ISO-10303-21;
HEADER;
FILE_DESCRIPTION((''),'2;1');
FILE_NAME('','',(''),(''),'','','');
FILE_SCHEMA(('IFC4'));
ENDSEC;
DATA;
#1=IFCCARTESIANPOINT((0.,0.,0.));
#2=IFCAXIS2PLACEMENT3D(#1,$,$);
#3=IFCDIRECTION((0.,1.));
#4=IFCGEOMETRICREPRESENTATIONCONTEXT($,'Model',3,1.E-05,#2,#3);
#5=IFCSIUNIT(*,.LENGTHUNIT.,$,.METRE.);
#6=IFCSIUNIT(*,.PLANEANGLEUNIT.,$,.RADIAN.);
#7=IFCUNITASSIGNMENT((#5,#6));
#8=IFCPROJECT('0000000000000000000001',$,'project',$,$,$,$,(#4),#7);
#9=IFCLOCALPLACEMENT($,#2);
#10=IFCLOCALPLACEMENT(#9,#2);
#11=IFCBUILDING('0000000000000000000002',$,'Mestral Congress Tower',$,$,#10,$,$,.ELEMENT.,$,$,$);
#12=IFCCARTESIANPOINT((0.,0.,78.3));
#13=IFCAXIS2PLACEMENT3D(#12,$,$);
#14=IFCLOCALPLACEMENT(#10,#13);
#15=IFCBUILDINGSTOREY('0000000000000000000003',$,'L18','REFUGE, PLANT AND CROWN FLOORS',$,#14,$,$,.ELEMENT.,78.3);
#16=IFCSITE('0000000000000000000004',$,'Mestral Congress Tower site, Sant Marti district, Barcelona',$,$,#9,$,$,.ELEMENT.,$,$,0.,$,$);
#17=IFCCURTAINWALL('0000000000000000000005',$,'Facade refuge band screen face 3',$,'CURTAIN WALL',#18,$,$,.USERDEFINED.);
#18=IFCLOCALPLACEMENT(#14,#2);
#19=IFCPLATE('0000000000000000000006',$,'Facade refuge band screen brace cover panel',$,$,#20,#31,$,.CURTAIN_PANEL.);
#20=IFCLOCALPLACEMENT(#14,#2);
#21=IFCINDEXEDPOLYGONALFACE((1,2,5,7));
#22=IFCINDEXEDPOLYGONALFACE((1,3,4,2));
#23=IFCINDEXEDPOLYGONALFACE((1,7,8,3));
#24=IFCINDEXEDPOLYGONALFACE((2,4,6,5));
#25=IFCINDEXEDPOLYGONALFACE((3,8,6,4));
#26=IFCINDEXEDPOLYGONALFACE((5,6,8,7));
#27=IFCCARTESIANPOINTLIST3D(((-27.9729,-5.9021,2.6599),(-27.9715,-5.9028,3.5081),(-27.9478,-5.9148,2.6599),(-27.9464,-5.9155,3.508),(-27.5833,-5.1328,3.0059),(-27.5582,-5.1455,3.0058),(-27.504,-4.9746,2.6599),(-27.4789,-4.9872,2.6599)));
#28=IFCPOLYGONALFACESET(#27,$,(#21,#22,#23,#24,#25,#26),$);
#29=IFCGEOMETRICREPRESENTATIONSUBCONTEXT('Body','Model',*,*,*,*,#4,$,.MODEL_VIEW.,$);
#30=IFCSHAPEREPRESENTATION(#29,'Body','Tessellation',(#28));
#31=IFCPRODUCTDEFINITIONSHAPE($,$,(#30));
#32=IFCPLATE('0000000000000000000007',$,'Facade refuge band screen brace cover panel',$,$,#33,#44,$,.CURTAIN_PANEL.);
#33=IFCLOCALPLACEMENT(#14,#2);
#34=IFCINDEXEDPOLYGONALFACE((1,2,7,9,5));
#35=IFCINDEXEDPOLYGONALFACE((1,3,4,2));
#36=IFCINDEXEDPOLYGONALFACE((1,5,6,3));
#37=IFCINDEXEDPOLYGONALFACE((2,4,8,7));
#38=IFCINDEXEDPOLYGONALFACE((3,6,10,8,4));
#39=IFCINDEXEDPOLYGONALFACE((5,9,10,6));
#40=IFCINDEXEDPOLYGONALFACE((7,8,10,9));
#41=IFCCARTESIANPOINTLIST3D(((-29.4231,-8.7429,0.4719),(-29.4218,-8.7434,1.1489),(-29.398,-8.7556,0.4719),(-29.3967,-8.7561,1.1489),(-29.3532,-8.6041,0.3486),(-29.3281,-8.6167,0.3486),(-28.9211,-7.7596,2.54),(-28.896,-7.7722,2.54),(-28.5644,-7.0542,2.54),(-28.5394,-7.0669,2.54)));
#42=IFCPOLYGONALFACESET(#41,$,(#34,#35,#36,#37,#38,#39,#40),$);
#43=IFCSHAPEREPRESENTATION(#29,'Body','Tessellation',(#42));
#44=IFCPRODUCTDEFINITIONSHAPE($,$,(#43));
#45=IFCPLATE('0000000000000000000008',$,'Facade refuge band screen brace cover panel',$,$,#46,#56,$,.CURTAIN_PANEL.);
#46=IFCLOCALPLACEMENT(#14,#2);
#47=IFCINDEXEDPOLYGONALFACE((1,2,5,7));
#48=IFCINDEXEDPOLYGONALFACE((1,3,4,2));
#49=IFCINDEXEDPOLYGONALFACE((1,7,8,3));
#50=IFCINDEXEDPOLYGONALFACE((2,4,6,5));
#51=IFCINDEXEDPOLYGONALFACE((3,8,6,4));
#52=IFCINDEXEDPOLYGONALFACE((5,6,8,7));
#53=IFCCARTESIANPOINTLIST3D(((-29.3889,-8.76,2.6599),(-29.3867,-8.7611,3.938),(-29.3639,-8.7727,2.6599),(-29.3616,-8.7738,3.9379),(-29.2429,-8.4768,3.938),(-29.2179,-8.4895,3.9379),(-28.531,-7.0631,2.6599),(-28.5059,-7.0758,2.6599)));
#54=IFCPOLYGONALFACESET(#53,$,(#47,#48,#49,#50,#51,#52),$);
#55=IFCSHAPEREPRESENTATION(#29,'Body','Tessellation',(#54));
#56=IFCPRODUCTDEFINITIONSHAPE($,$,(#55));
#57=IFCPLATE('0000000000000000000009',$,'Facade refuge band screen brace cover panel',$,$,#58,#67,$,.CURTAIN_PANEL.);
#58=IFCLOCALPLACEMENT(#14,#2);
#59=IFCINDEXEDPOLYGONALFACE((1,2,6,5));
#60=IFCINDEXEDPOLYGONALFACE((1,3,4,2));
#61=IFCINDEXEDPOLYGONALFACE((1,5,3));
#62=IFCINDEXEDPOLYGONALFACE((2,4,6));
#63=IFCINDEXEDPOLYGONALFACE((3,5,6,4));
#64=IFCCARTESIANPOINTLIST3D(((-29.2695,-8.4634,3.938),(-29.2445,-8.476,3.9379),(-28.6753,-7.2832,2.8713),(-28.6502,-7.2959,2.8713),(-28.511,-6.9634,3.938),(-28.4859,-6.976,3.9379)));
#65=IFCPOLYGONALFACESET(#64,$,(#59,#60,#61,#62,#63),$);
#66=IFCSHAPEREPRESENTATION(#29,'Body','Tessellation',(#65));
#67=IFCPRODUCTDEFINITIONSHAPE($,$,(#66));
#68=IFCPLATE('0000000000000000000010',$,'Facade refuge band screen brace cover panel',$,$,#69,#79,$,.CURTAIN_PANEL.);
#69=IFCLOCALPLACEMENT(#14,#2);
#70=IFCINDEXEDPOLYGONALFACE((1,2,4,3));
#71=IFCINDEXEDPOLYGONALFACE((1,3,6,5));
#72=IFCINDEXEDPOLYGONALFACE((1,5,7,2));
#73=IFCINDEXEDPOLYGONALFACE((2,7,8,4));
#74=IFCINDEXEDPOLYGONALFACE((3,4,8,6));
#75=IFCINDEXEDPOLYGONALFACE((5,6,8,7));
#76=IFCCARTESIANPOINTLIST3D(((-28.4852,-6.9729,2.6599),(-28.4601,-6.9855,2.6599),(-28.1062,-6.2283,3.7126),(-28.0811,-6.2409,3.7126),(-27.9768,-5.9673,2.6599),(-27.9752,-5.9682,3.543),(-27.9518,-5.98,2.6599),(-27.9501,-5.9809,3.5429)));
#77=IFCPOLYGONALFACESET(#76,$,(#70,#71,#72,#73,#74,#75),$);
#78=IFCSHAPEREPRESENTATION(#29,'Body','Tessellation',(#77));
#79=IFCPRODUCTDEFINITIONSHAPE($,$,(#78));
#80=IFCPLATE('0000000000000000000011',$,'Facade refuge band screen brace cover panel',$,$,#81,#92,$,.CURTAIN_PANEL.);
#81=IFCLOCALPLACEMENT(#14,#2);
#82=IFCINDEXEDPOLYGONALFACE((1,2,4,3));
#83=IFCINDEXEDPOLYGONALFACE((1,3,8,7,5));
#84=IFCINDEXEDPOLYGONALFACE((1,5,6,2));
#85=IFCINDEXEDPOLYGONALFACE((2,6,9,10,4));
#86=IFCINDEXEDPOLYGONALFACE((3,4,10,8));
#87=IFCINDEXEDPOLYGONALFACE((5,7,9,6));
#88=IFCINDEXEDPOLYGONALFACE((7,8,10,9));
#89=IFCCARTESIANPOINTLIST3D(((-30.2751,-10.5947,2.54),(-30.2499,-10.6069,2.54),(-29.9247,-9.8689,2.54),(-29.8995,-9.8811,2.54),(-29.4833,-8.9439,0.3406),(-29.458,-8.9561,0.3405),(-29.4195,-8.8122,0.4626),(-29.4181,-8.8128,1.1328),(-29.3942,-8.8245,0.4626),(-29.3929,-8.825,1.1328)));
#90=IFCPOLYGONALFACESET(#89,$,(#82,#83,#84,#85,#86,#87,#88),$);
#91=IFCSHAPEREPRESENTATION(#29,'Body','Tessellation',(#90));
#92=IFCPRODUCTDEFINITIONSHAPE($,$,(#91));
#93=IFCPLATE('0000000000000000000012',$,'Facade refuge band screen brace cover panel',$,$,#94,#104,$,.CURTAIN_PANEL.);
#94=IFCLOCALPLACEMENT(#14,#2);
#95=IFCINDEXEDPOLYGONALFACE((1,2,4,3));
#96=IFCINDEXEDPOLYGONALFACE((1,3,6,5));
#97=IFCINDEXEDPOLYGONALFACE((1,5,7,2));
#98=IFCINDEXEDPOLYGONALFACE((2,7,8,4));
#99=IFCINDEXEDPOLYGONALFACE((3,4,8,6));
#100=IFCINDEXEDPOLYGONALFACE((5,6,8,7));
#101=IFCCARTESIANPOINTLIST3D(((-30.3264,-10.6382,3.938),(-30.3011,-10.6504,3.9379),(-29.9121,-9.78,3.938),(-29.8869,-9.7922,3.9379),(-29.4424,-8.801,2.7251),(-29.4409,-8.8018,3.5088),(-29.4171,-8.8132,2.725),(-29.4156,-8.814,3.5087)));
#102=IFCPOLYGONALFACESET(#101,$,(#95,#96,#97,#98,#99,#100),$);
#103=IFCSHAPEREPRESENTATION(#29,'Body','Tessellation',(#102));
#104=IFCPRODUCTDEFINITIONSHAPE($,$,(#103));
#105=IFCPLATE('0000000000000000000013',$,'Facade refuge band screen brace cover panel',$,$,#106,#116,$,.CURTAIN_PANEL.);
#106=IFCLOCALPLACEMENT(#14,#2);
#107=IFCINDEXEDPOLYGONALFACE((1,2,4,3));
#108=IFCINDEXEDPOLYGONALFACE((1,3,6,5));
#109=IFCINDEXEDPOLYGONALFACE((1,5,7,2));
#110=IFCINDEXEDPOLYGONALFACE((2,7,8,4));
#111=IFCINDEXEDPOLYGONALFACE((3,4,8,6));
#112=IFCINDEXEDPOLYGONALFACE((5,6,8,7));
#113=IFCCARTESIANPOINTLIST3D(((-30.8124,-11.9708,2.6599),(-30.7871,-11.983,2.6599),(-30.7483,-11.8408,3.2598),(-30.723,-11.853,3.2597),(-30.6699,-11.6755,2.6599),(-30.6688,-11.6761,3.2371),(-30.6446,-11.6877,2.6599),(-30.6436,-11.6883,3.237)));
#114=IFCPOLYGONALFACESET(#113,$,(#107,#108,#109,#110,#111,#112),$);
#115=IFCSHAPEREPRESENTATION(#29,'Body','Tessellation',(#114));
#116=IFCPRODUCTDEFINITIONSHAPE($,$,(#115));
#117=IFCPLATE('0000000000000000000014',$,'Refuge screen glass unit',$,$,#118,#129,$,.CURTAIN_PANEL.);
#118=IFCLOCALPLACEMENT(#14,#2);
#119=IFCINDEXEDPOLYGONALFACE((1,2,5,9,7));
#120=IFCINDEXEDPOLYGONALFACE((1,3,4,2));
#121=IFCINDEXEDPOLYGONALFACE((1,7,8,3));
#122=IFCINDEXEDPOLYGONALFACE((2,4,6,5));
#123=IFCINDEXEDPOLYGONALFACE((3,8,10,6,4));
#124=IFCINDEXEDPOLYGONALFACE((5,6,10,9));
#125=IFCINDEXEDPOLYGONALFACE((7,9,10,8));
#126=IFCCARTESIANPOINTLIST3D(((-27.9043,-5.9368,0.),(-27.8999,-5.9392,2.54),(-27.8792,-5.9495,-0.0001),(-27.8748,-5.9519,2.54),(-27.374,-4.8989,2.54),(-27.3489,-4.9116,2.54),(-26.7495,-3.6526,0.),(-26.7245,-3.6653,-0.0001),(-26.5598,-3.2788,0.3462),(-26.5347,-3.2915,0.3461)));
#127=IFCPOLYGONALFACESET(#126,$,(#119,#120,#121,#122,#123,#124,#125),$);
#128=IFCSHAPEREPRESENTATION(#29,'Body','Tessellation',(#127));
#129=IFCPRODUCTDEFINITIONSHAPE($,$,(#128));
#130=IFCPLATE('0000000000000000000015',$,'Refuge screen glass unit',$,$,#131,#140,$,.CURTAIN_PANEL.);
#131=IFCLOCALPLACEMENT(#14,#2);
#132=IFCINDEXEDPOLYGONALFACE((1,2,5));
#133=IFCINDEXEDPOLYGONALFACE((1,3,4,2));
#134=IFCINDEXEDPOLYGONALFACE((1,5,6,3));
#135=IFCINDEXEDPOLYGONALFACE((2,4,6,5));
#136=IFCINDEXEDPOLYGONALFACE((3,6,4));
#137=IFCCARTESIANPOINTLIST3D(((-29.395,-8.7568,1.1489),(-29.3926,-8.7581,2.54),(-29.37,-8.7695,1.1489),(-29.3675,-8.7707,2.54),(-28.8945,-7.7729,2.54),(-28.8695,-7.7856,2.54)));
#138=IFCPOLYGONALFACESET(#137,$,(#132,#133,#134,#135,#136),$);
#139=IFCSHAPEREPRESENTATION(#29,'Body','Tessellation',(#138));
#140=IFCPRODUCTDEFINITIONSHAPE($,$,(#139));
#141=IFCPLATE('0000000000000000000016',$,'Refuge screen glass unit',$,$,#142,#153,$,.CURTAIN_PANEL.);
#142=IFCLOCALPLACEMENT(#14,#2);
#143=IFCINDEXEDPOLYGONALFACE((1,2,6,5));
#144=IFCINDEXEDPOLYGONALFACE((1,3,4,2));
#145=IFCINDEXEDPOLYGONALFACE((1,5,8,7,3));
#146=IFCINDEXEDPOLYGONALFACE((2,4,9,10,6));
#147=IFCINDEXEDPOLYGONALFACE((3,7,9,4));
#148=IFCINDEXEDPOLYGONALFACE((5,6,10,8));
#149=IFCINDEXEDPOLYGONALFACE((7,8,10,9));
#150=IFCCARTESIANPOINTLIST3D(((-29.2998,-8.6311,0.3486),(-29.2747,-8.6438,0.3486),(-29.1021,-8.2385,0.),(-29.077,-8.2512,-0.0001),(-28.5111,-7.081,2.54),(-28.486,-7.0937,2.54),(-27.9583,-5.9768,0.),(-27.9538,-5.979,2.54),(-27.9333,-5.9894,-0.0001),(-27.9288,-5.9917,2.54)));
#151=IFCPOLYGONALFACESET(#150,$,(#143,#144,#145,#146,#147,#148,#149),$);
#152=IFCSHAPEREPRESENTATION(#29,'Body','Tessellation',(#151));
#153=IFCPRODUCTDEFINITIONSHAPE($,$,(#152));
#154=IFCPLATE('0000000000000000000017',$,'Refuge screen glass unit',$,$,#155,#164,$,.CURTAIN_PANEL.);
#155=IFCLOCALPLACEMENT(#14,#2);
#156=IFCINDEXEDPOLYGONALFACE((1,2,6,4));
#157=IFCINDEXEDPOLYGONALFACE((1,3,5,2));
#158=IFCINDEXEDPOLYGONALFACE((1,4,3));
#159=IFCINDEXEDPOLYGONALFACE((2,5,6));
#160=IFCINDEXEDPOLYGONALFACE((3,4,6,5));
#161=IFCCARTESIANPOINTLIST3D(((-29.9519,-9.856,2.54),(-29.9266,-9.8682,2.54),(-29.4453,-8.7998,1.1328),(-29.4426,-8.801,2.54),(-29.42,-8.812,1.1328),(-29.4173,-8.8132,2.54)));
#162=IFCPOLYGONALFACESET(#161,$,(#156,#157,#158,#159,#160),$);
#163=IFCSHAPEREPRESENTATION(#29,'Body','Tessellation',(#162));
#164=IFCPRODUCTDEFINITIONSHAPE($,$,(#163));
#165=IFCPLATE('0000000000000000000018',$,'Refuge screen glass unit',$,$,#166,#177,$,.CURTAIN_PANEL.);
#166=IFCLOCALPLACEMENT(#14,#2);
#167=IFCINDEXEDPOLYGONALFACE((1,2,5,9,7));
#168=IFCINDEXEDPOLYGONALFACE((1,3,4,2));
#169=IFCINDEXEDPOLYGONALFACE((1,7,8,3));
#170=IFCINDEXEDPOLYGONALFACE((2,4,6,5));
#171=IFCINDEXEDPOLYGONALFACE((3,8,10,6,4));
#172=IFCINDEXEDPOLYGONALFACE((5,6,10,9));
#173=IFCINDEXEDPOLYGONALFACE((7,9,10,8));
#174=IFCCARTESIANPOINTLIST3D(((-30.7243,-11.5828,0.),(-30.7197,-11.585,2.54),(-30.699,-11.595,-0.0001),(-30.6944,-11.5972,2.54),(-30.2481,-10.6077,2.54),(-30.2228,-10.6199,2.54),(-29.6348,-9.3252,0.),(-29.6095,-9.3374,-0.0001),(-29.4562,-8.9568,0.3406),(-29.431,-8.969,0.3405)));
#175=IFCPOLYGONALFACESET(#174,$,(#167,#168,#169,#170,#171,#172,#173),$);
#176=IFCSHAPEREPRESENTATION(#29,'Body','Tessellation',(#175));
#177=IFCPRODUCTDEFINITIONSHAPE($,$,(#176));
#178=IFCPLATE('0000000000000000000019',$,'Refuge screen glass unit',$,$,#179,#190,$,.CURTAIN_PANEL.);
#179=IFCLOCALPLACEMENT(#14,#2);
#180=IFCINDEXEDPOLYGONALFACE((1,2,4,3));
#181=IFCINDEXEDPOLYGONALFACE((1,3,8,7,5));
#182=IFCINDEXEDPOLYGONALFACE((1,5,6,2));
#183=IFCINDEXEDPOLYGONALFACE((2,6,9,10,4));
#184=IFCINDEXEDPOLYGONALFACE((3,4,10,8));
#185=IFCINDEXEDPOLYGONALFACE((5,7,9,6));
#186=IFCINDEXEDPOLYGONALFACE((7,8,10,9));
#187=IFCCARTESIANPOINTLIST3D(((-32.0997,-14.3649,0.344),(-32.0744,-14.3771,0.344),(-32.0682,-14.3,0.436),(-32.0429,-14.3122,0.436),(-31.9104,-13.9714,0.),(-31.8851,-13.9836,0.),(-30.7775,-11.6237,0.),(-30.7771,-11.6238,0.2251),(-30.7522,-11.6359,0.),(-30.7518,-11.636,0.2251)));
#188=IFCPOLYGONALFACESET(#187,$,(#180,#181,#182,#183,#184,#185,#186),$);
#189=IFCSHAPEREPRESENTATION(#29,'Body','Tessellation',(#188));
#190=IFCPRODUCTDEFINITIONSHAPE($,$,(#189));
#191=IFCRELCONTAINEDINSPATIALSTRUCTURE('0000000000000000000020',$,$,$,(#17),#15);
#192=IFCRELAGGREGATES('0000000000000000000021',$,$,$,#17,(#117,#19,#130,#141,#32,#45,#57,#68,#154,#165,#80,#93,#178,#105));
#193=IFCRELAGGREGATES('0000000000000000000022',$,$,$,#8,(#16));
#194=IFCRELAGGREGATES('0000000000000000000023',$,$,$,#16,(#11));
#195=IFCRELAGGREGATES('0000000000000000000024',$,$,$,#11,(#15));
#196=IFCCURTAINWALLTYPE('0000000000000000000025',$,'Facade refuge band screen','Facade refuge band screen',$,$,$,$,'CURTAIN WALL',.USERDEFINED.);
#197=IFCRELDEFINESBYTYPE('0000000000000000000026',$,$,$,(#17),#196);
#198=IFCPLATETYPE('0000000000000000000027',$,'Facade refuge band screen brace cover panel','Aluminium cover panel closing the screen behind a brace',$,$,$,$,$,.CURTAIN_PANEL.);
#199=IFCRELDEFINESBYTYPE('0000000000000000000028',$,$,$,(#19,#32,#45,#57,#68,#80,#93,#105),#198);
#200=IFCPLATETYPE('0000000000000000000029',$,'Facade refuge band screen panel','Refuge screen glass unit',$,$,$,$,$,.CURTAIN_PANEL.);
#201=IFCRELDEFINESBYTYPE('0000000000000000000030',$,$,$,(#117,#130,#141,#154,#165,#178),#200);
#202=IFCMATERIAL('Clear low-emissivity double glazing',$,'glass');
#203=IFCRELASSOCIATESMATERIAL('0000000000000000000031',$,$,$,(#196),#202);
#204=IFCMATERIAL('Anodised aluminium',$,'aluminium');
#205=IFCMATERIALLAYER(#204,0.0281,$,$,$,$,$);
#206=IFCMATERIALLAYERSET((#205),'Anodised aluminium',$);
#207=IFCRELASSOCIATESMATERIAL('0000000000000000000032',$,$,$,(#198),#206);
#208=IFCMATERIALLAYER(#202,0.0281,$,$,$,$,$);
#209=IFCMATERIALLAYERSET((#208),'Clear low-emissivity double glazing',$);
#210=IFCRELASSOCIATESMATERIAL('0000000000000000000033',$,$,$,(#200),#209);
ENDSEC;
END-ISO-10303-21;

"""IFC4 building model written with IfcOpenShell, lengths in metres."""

from ifc_helpers import new_model, si_unit, direction, frame, origin, place, context, subcontext, project, spatial, polyline, outline, extrude, material, layer, layer_set, type_object, element, aggregate, save


model = new_model("IFC4")

# Units and contexts
model_context = context("Model", 3, precision=1e-05, world=origin(), true_north=direction((0.0, 1.0)))
body_context = subcontext(model_context, "Body", "Model", "MODEL_VIEW")
ifc_project = project(units=[si_unit("LENGTHUNIT", "METRE"), si_unit("PLANEANGLEUNIT", "RADIAN")], contexts=[model_context])

# Site, building, storey
site_placement = place(None, origin())
site = spatial("IfcSite", under=ifc_project, at=site_placement, Name="Mestral Congress Tower site, Sant Marti district, Barcelona", CompositionType="ELEMENT", RefElevation=0.0)
building_placement = place(site_placement, origin())
building = spatial("IfcBuilding", under=site, at=building_placement, Name="Mestral Congress Tower", CompositionType="ELEMENT")
storey_placement = place(building_placement, frame((0.0, 0.0, 78.3)))
storey = spatial("IfcBuildingStorey", under=building, at=storey_placement, Name="L18", Description="REFUGE, PLANT AND CROWN FLOORS", CompositionType="ELEMENT", Elevation=78.3)

# Curtain wall
ifc_material_1 = material(Name="Clear low-emissivity double glazing", Category="glass")
curtain_wall_type = type_object("IfcCurtainWallType", Name="Facade refuge band screen", Description="Facade refuge band screen", ElementType="CURTAIN WALL", PredefinedType="USERDEFINED", material=ifc_material_1)
curtain_wall_placement = place(storey_placement, origin())
curtain_wall = element("IfcCurtainWall", 1, at=curtain_wall_placement, inside=storey, type_object=curtain_wall_type, Name="Facade refuge band screen face 3", ObjectType="CURTAIN WALL", PredefinedType="USERDEFINED")
ifc_material_2 = material(Name="Anodised aluminium", Category="aluminium")

# Plates
ifc_layer_1 = layer(ifc_material_2, 0.0281)
ifc_layer_set_1 = layer_set([ifc_layer_1], Name="Anodised aluminium")
plate_type_1 = type_object("IfcPlateType", Name="Facade refuge band screen brace cover panel", Description="Aluminium cover panel closing the screen behind a brace", PredefinedType="CURTAIN_PANEL", material=ifc_layer_set_1)
plate_1_placement = place(storey_placement, frame((-27.9729, -5.9021, 2.6599), z_axis=(-0.892427, 0.451188, 0.001848), x_axis=(0.451189, 0.892428, 0.0)))
plate_1 = element("IfcPlate", 2, at=plate_1_placement, type_object=plate_type_1, Name="Facade refuge band screen brace cover panel", PredefinedType="CURTAIN_PANEL", context=body_context, shape_type="SweptSolid", body=[
    extrude(outline(polyline([(0.0, 0.0), (1.0393, 0.0), (0.8623, -0.3459), (0.0, -0.8481), (0.0, 0.0)])), origin(), (0.0, 0.0, -1.0), 0.0281),
])
plate_2_placement = place(storey_placement, frame((-29.4231, -8.7429, 0.4719), z_axis=(-0.892406, 0.451229, 0.002071), x_axis=(0.352409, 0.699818, -0.621339)))
plate_2 = element("IfcPlate", 3, at=plate_2_placement, type_object=plate_type_1, Name="Facade refuge band screen brace cover panel", PredefinedType="CURTAIN_PANEL", context=body_context, shape_type="SweptSolid", body=[
    extrude(outline(polyline([(0.0, 0.0), (0.1984, 0.0), (0.1994, -2.7976), (-0.4199, -2.3065), (-0.4206, -0.5305), (0.0, 0.0)])), origin(), (0.0, 0.0, -1.0), 0.0281),
])
plate_3_placement = place(storey_placement, frame((-29.3889, -8.76, 2.6599), z_axis=(-0.892415, 0.451211, 0.00196), x_axis=(0.451212, 0.892417, 0.0)))
plate_3 = element("IfcPlate", 4, at=plate_3_placement, type_object=plate_type_1, Name="Facade refuge band screen brace cover panel", PredefinedType="CURTAIN_PANEL", context=body_context, shape_type="SweptSolid", body=[
    extrude(outline(polyline([(0.0, 0.0), (1.9014, 0.0), (0.3186, -1.2781), (0.0, -1.2781), (0.0, 0.0)])), origin(), (0.0, 0.0, -1.0), 0.0281),
])
plate_4_placement = place(storey_placement, frame((-29.2695, -8.4634, 3.938), z_axis=(-0.892382, 0.451275, 0.002152), x_axis=(0.349935, 0.694982, -0.628129)))
plate_4 = element("IfcPlate", 5, at=plate_4_placement, type_object=plate_type_1, Name="Facade refuge band screen brace cover panel", PredefinedType="CURTAIN_PANEL", context=body_context, shape_type="SweptSolid", body=[
    extrude(outline(polyline([(0.0, 0.0), (1.6981, 0.0), (1.3079, -1.0558), (0.0, 0.0)])), origin(), (0.0, 0.0, -1.0), 0.0281),
])
plate_5_placement = place(storey_placement, frame((-27.9768, -5.9673, 2.6599), z_axis=(-0.892442, 0.451158, 0.002155), x_axis=(0.001872, -0.001074, 0.999998)))
plate_5 = element("IfcPlate", 6, at=plate_5_placement, type_object=plate_type_1, Name="Facade refuge band screen brace cover panel", PredefinedType="CURTAIN_PANEL", context=body_context, shape_type="SweptSolid", body=[
    extrude(outline(polyline([(0.0, 0.0), (0.8831, 0.0), (1.0528, -0.2912), (0.0001, -1.1268), (0.0, 0.0)])), origin(), (0.0, 0.0, -1.0), 0.0281),
])
plate_6_placement = place(storey_placement, frame((-30.2751, -10.5947, 2.54), z_axis=(-0.900542, 0.434764, 0.002103), x_axis=(0.276697, 0.57685, -0.768559)))
plate_6 = element("IfcPlate", 7, at=plate_6_placement, type_object=plate_type_1, Name="Facade refuge band screen brace cover panel", PredefinedType="CURTAIN_PANEL", context=body_context, shape_type="SweptSolid", body=[
    extrude(outline(polyline([(0.0, 0.0), (2.8618, 0.0), (2.8616, -0.1905), (2.3466, -0.6194), (0.5156, -0.6194), (0.0, 0.0)])), origin(), (0.0, 0.0, -1.0), 0.0281),
])
plate_7_placement = place(storey_placement, frame((-29.4409, -8.8018, 3.5088), z_axis=(-0.900556, 0.434735, 0.002137), x_axis=(-0.40359, -0.837847, 0.367597)))
plate_7 = element("IfcPlate", 8, at=plate_7_placement, type_object=plate_type_1, Name="Facade refuge band screen brace cover panel", PredefinedType="CURTAIN_PANEL", context=body_context, shape_type="SweptSolid", body=[
    extrude(outline(polyline([(0.0, 0.0), (1.1676, 0.0), (2.0538, -0.3503), (-0.2881, -0.7288), (0.0, 0.0)])), origin(), (0.0, 0.0, -1.0), 0.0281),
])
plate_8_placement = place(storey_placement, frame((-30.7483, -11.8408, 3.2598), z_axis=(-0.900606, 0.434632, 0.002096), x_axis=(-0.103876, -0.210555, -0.972047)))
plate_8 = element("IfcPlate", 9, at=plate_8_placement, type_object=plate_type_1, Name="Facade refuge band screen brace cover panel", PredefinedType="CURTAIN_PANEL", context=body_context, shape_type="SweptSolid", body=[
    extrude(outline(polyline([(0.0, 0.0), (0.6171, 0.0), (0.5401, -0.3186), (-0.0209, -0.1831), (0.0, 0.0)])), origin(), (0.0, 0.0, -1.0), 0.0281),
])
ifc_layer_2 = layer(ifc_material_1, 0.0281)
ifc_layer_set_2 = layer_set([ifc_layer_2], Name="Clear low-emissivity double glazing")
plate_type_2 = type_object("IfcPlateType", Name="Facade refuge band screen panel", Description="Refuge screen glass unit", PredefinedType="CURTAIN_PANEL", material=ifc_layer_set_2)
plate_9_placement = place(storey_placement, frame((-27.8999, -5.9392, 2.54), z_axis=(-0.89244, 0.451163, 0.001963), x_axis=(-0.001717, 0.000954, -0.999998)))
plate_9 = element("IfcPlate", 10, at=plate_9_placement, type_object=plate_type_2, Name="Refuge screen glass unit", PredefinedType="CURTAIN_PANEL", context=body_context, shape_type="SweptSolid", body=[
    extrude(outline(polyline([(0.0, 0.0), (2.54, 0.0), (2.5402, -2.5595), (2.1941, -2.9787), (0.0001, -1.1656), (0.0, 0.0)])), origin(), (0.0, 0.0, -1.0), 0.0281),
])
plate_10_placement = place(storey_placement, frame((-29.3926, -8.7581, 2.54), z_axis=(-0.892426, 0.451189, 0.001962), x_axis=(-0.001755, 0.000877, -0.999998)))
plate_10 = element("IfcPlate", 11, at=plate_10_placement, type_object=plate_type_2, Name="Refuge screen glass unit", PredefinedType="CURTAIN_PANEL", context=body_context, shape_type="SweptSolid", body=[
    extrude(outline(polyline([(0.0, 0.0), (1.3911, 0.0), (0.0, -1.1039), (0.0, 0.0)])), origin(), (0.0, 0.0, -1.0), 0.0281),
])
plate_11_placement = place(storey_placement, frame((-29.1021, -8.2385, 0.0), z_axis=(-0.892392, 0.451256, 0.001985), x_axis=(0.451257, 0.892394, 0.0)))
plate_11 = element("IfcPlate", 12, at=plate_11_placement, type_object=plate_type_2, Name="Refuge screen glass unit", PredefinedType="CURTAIN_PANEL", context=body_context, shape_type="SweptSolid", body=[
    extrude(outline(polyline([(0.0, 0.0), (2.5345, 0.0), (2.5345, -2.54), (1.2996, -2.54), (-0.4396, -0.3486), (0.0, 0.0)])), origin(), (0.0, 0.0, -1.0), 0.0281),
])
plate_12_placement = place(storey_placement, frame((-29.4426, -8.801, 2.54), z_axis=(-0.90055, 0.434748, 0.002096), x_axis=(-0.434749, -0.900552, 0.0)))
plate_12 = element("IfcPlate", 13, at=plate_12_placement, type_object=plate_type_2, Name="Refuge screen glass unit", PredefinedType="CURTAIN_PANEL", context=body_context, shape_type="SweptSolid", body=[
    extrude(outline(polyline([(0.0, 0.0), (1.1714, 0.0), (0.0001, -1.4072), (0.0, 0.0)])), origin(), (0.0, 0.0, -1.0), 0.0281),
])
plate_13_placement = place(storey_placement, frame((-30.7197, -11.585, 2.54), z_axis=(-0.900601, 0.434642, 0.002007), x_axis=(-0.001814, 0.000859, -0.999998)))
plate_13 = element("IfcPlate", 14, at=plate_13_placement, type_object=plate_type_2, Name="Refuge screen glass unit", PredefinedType="CURTAIN_PANEL", context=body_context, shape_type="SweptSolid", body=[
    extrude(outline(polyline([(0.0, 0.0), (2.54, 0.0), (2.54, -2.5068), (2.1994, -2.9161), (0.0, -1.0852), (0.0, 0.0)])), origin(), (0.0, 0.0, -1.0), 0.0281),
])
plate_14_placement = place(storey_placement, frame((-30.7771, -11.6238, 0.2251), z_axis=(-0.900617, 0.43461, 0.001517), x_axis=(-0.433423, -0.898404, 0.070811)))
plate_14 = element("IfcPlate", 15, at=plate_14_placement, type_object=plate_type_2, Name="Refuge screen glass unit", PredefinedType="CURTAIN_PANEL", context=body_context, shape_type="SweptSolid", body=[
    extrude(outline(polyline([(0.0, 0.0), (2.9789, 0.0), (3.0443, -0.0969), (2.5844, -0.4091), (-0.0158, -0.2245), (0.0, 0.0)])), origin(), (0.0, 0.0, -1.0), 0.0281),
])

aggregate(curtain_wall, [plate_9, plate_1, plate_10, plate_11, plate_2, plate_3, plate_4, plate_5, plate_12, plate_13, plate_6, plate_7, plate_14, plate_8])

save(model, "model.ifc")
